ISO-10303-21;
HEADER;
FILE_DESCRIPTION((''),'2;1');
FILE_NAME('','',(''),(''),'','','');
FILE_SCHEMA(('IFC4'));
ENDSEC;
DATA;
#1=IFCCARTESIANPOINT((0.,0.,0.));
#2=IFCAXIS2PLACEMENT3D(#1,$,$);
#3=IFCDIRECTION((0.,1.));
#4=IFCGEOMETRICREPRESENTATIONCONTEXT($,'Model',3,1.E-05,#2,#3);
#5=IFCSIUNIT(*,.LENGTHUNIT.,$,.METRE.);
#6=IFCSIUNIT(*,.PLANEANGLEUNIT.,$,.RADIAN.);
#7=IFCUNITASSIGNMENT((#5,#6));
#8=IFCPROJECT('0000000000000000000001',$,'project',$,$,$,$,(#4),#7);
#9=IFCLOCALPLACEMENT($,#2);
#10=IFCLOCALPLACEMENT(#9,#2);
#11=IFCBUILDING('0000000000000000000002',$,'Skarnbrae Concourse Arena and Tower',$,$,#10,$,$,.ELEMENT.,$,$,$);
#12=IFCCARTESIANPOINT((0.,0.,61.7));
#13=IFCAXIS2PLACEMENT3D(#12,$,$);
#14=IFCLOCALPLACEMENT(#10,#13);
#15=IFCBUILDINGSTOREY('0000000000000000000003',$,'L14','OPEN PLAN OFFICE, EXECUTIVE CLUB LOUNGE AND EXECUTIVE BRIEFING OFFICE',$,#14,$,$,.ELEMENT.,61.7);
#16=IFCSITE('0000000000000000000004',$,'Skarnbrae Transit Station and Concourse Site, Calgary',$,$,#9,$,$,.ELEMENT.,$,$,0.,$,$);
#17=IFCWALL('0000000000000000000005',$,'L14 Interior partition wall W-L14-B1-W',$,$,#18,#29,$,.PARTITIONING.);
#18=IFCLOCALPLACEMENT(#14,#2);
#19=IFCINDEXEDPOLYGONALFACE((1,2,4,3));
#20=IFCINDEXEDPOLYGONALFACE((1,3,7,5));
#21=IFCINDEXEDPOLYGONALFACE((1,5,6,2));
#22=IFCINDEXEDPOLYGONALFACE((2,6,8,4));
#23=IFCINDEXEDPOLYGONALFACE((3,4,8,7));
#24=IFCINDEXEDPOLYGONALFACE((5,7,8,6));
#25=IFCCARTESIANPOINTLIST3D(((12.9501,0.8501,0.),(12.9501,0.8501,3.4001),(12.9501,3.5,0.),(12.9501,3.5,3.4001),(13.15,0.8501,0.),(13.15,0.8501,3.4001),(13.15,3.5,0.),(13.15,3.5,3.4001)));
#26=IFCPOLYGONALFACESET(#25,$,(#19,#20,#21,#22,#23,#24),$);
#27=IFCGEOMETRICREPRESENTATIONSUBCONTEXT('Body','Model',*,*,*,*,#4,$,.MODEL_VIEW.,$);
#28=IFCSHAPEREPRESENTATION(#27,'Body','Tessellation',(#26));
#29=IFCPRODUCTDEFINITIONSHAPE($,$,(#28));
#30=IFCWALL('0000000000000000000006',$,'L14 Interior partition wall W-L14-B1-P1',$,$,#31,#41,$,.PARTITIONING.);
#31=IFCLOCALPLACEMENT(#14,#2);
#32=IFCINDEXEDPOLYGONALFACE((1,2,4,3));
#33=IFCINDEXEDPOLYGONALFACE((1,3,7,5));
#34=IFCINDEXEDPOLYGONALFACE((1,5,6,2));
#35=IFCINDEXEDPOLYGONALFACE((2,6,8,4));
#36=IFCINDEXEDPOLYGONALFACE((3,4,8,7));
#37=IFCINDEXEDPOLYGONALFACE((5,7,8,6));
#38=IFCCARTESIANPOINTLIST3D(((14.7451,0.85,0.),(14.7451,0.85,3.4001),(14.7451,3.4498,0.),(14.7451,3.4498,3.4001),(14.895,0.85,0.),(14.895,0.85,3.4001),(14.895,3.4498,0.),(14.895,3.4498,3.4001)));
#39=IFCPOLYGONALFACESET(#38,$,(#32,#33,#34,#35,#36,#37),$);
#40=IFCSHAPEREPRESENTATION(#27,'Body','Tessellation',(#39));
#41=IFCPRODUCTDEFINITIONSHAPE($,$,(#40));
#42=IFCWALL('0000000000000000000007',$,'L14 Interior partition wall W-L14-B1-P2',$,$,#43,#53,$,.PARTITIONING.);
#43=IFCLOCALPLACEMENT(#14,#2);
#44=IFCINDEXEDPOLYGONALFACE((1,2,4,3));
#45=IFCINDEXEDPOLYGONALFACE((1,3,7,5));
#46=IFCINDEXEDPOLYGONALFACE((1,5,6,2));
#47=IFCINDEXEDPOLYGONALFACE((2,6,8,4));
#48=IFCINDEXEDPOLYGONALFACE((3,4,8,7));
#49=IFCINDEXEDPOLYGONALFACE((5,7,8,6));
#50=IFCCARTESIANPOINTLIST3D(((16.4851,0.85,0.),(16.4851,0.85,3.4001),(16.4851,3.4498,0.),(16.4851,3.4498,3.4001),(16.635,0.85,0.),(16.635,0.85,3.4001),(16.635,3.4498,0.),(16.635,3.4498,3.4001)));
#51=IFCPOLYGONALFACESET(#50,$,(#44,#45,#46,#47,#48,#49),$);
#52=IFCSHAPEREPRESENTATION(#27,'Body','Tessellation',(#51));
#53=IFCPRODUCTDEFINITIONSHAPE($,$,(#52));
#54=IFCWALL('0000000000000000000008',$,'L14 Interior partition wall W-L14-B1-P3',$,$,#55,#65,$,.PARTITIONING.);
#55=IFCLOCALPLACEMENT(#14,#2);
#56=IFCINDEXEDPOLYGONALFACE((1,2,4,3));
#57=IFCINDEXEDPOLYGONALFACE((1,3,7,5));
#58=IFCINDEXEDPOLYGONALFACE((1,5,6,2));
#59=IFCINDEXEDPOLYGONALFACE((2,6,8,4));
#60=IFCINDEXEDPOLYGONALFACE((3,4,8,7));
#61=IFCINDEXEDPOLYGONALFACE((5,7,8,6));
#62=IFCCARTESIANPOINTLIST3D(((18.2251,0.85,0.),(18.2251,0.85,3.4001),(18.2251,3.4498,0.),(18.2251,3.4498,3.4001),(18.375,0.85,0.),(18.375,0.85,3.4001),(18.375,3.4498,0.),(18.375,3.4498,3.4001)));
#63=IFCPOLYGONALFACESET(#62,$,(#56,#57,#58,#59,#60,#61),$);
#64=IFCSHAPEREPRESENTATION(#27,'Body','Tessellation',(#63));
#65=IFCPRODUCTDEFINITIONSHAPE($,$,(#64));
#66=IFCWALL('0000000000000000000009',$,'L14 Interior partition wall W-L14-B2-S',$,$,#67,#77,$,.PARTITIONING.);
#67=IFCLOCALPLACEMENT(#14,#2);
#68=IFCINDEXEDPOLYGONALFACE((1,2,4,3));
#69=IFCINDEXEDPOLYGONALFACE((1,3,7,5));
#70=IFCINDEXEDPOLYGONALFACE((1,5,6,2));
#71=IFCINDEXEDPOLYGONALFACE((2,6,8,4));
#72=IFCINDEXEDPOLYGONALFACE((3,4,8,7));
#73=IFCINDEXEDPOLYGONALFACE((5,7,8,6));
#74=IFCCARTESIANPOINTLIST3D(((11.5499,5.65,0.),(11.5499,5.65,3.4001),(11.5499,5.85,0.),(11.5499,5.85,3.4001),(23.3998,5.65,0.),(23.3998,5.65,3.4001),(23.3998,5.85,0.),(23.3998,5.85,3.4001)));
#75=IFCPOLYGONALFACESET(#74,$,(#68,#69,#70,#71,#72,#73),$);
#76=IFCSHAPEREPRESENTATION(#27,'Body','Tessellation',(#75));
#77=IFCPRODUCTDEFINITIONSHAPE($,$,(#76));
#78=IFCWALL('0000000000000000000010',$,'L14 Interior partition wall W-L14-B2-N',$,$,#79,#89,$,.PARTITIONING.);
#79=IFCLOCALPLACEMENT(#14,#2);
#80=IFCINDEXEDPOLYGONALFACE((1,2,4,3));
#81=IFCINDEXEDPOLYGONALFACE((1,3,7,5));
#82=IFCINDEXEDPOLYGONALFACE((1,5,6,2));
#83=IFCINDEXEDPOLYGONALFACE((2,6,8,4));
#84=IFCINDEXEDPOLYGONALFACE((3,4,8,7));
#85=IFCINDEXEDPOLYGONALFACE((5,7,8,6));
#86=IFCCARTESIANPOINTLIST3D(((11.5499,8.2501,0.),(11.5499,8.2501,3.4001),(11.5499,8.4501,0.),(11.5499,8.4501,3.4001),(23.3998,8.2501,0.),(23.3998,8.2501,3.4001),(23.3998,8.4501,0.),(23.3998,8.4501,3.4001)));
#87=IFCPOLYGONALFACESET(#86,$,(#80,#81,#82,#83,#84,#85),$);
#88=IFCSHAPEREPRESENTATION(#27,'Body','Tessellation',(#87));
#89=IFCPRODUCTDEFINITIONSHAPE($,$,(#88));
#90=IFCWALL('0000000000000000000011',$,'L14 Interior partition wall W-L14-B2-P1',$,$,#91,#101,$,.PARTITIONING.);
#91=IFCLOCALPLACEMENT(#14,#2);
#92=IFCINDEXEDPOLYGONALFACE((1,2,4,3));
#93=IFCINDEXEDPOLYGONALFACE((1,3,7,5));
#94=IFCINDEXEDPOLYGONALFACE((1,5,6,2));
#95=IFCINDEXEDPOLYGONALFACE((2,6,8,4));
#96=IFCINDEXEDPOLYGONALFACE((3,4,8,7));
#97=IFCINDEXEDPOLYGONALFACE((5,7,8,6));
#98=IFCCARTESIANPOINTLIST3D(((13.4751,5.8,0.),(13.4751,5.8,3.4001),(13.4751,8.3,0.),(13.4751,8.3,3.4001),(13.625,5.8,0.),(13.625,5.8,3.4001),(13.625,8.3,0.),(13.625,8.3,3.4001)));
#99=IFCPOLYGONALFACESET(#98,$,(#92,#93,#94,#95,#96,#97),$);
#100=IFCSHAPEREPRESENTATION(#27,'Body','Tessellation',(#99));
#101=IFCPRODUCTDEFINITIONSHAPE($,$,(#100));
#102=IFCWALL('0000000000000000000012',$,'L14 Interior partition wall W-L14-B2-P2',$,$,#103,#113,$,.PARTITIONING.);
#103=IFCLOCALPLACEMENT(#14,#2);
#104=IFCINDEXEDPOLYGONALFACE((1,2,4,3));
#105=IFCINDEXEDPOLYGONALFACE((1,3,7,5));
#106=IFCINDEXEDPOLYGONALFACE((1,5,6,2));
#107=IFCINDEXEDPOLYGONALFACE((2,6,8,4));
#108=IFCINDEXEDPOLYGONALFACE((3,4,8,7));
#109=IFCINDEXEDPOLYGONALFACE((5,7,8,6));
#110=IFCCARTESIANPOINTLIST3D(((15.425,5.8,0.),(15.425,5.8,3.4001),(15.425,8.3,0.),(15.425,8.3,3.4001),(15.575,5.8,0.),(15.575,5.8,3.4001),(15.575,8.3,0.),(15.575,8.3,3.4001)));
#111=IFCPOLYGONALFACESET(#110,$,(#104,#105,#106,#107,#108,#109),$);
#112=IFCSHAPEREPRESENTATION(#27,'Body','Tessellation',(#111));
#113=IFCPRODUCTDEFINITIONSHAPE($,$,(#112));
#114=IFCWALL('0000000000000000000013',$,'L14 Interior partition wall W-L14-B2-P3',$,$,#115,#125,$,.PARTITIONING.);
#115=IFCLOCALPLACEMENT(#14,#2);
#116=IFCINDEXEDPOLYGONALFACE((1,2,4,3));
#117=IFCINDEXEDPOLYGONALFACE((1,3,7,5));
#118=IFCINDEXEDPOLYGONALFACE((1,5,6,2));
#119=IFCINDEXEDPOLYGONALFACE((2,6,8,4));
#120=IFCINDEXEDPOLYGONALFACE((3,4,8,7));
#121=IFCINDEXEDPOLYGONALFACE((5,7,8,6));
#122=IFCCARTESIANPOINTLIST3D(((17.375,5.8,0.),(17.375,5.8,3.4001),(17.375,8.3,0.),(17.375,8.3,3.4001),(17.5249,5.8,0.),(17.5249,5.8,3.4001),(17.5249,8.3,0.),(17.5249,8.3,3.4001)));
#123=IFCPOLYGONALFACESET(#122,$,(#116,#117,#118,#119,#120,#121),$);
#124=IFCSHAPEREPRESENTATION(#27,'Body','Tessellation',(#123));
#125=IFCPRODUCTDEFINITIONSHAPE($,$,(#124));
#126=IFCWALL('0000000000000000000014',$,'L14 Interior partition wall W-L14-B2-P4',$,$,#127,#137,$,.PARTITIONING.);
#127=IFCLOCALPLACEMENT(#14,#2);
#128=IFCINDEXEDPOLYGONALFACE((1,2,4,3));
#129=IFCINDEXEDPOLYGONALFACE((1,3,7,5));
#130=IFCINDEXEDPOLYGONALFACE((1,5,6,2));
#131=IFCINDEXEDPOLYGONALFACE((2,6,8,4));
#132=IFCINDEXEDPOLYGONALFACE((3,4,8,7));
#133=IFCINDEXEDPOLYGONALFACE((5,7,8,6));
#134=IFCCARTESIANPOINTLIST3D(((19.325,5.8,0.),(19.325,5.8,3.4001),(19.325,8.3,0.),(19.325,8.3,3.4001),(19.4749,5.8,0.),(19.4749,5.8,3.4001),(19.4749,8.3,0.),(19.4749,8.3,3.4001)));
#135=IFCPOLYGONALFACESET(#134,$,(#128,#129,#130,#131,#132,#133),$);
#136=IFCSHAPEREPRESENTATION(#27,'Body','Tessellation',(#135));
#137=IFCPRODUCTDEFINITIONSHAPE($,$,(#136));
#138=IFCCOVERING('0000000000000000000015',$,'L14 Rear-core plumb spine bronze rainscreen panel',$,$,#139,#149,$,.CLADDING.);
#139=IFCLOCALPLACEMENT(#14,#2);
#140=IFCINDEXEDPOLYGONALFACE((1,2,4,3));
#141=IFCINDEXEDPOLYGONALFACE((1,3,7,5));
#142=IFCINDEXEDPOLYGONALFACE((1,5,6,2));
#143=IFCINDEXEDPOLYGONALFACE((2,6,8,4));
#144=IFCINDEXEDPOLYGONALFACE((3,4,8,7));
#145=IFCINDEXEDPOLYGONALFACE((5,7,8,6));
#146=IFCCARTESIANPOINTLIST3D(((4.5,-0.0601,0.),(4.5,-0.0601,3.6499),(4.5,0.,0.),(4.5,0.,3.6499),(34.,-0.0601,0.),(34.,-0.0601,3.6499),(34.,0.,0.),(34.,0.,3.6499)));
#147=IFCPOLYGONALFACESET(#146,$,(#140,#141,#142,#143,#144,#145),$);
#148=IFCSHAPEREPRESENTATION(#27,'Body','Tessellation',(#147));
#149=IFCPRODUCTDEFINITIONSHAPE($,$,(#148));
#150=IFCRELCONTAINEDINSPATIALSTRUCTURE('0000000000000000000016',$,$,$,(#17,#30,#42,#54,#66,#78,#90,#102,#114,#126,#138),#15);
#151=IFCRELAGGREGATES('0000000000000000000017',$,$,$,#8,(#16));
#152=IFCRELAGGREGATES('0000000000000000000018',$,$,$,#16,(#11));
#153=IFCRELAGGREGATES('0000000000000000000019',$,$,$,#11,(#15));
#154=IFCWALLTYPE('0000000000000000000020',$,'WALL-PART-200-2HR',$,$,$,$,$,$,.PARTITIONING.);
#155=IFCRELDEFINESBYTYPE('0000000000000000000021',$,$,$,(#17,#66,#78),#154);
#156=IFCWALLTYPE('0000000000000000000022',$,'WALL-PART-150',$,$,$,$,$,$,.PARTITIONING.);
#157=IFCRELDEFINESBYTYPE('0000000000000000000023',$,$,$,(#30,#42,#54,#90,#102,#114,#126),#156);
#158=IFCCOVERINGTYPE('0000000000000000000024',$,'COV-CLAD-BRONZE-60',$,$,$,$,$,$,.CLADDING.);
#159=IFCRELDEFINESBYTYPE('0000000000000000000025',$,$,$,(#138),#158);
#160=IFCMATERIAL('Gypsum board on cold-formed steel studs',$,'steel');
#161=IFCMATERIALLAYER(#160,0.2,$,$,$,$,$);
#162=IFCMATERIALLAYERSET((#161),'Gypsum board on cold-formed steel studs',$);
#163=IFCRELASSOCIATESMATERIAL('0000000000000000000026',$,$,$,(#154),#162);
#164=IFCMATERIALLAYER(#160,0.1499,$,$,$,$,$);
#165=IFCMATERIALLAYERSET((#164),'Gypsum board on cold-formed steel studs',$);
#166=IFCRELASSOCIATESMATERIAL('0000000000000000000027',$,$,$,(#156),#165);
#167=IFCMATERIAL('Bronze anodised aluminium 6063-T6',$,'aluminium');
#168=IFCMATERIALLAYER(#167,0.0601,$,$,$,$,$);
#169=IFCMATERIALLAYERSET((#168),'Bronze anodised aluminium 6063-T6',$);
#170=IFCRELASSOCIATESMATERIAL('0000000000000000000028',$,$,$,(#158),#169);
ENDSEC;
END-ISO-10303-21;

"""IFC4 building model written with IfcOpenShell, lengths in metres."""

from ifc_helpers import new_model, si_unit, direction, frame, frame_2d, origin, origin_2d, place, context, subcontext, project, spatial, rectangle, extrude, source, transform, mapped, material, layer, layer_set, type_object, element, save


model = new_model("IFC4")

# Units and contexts
model_context = context("Model", 3, precision=1e-05, world=origin(), true_north=direction((0.0, 1.0)))
body_context = subcontext(model_context, "Body", "Model", "MODEL_VIEW")
ifc_project = project(units=[si_unit("LENGTHUNIT", "METRE"), si_unit("PLANEANGLEUNIT", "RADIAN")], contexts=[model_context])

# Site, building, storey
site_placement = place(None, origin())
site = spatial("IfcSite", under=ifc_project, at=site_placement, Name="Skarnbrae Transit Station and Concourse Site, Calgary", CompositionType="ELEMENT", RefElevation=0.0)
building_placement = place(site_placement, origin())
building = spatial("IfcBuilding", under=site, at=building_placement, Name="Skarnbrae Concourse Arena and Tower", CompositionType="ELEMENT")
storey_placement = place(building_placement, frame((0.0, 0.0, 61.7)))
storey = spatial("IfcBuildingStorey", under=building, at=storey_placement, Name="L14", Description="OPEN PLAN OFFICE, EXECUTIVE CLUB LOUNGE AND EXECUTIVE BRIEFING OFFICE", CompositionType="ELEMENT", Elevation=61.7)

# Shared definitions
ifc_material_1 = material(Name="Gypsum board on cold-formed steel studs", Category="steel")
ifc_layer_1 = layer(ifc_material_1, 0.2)
ifc_layer_set_1 = layer_set([ifc_layer_1], Name="Gypsum board on cold-formed steel studs")
wall_type_1 = type_object("IfcWallType", Name="WALL-PART-200-2HR", PredefinedType="PARTITIONING", material=ifc_layer_set_1)

# Wall
shared_shape_1 = source(origin(), body_context, "Body", "SweptSolid", [
    extrude(rectangle(XDim=2.6499, YDim=0.2, at=frame_2d((1.325, 0.0))), origin(), (0.0, 0.0, 1.0), 3.4001),
])
wall_1_placement = place(storey_placement, frame((13.05, 0.8501, 0.0), z_axis=(0.0, 0.0, 1.0), x_axis=(0.0, 1.0, 0.0)))
element("IfcWall", 1, at=wall_1_placement, inside=storey, type_object=wall_type_1, Name="L14 Interior partition wall W-L14-B1-W", PredefinedType="PARTITIONING", context=body_context, shape_type="MappedRepresentation", body=[
    mapped(shared_shape_1, transform((0.0, 0.0, 0.0))),
])

# Shared definitions
ifc_material_2 = material(Name="Bronze anodised aluminium 6063-T6", Category="aluminium")

# Walls
ifc_layer_2 = layer(ifc_material_1, 0.1499)
ifc_layer_set_2 = layer_set([ifc_layer_2], Name="Gypsum board on cold-formed steel studs")
wall_type_2 = type_object("IfcWallType", Name="WALL-PART-150", PredefinedType="PARTITIONING", material=ifc_layer_set_2)
shared_shape_2 = source(origin(), body_context, "Body", "SweptSolid", [
    extrude(rectangle(XDim=2.5999, YDim=0.1499, at=frame_2d((1.2998, 0.0))), origin(), (0.0, 0.0, 1.0), 3.4001),
])
for number, where, z_axis, x_axis, name in (
    (2, (14.8201, 0.8501, 0.0), (0.0, 0.0, 1.0), (0.0, 1.0, 0.0), "L14 Interior partition wall W-L14-B1-P1"),
    (3, (16.5601, 0.8501, 0.0), (0.0, 0.0, 1.0), (0.0, 1.0, 0.0), "L14 Interior partition wall W-L14-B1-P2"),
    (4, (18.3, 0.8501, 0.0), (0.0, 0.0, 1.0), (0.0, 1.0, 0.0), "L14 Interior partition wall W-L14-B1-P3"),
):
    element("IfcWall", number, at=place(storey_placement, frame(where, z_axis=z_axis, x_axis=x_axis)), inside=storey, type_object=wall_type_2, Name=name, PredefinedType="PARTITIONING", context=body_context, shape_type="MappedRepresentation", body=[
        mapped(shared_shape_2, transform((0.0, 0.0, 0.0))),
    ])
shared_shape_3 = source(origin(), body_context, "Body", "SweptSolid", [
    extrude(rectangle(XDim=11.8499, YDim=0.2, at=frame_2d((5.9248, 0.0))), origin(), (0.0, 0.0, 1.0), 3.4001),
])
for number, where, z_axis, x_axis, name in (
    (5, (11.55, 5.75, 0.0), (0.0, 0.0, 1.0), (1.0, 0.0, 0.0), "L14 Interior partition wall W-L14-B2-S"),
    (6, (11.55, 8.3501, 0.0), (0.0, 0.0, 1.0), (1.0, 0.0, 0.0), "L14 Interior partition wall W-L14-B2-N"),
):
    element("IfcWall", number, at=place(storey_placement, frame(where, z_axis=z_axis, x_axis=x_axis)), inside=storey, type_object=wall_type_1, Name=name, PredefinedType="PARTITIONING", context=body_context, shape_type="MappedRepresentation", body=[
        mapped(shared_shape_3, transform((0.0, 0.0, 0.0))),
    ])
shared_shape_4 = source(origin(), body_context, "Body", "SweptSolid", [
    extrude(rectangle(XDim=2.5, YDim=0.1499, at=frame_2d((1.25, 0.0))), origin(), (0.0, 0.0, 1.0), 3.4001),
])
for number, where, z_axis, x_axis, name in (
    (7, (13.55, 5.8, 0.0), (0.0, 0.0, 1.0), (0.0, 1.0, 0.0), "L14 Interior partition wall W-L14-B2-P1"),
    (8, (15.5, 5.8, 0.0), (0.0, 0.0, 1.0), (0.0, 1.0, 0.0), "L14 Interior partition wall W-L14-B2-P2"),
    (9, (17.45, 5.8, 0.0), (0.0, 0.0, 1.0), (0.0, 1.0, 0.0), "L14 Interior partition wall W-L14-B2-P3"),
    (10, (19.3999, 5.8, 0.0), (0.0, 0.0, 1.0), (0.0, 1.0, 0.0), "L14 Interior partition wall W-L14-B2-P4"),
):
    element("IfcWall", number, at=place(storey_placement, frame(where, z_axis=z_axis, x_axis=x_axis)), inside=storey, type_object=wall_type_2, Name=name, PredefinedType="PARTITIONING", context=body_context, shape_type="MappedRepresentation", body=[
        mapped(shared_shape_4, transform((0.0, 0.0, 0.0))),
    ])

# Covering
ifc_layer_3 = layer(ifc_material_2, 0.0601)
ifc_layer_set_3 = layer_set([ifc_layer_3], Name="Bronze anodised aluminium 6063-T6")
covering_type = type_object("IfcCoveringType", Name="COV-CLAD-BRONZE-60", PredefinedType="CLADDING", material=ifc_layer_set_3)
shared_shape_5 = source(origin(), body_context, "Body", "SweptSolid", [
    extrude(rectangle(XDim=29.5, YDim=0.0601, at=origin_2d()), origin(), (0.0, 0.0, 1.0), 3.6499),
])
covering_placement = place(storey_placement, frame((19.25, -0.03, 0.0), z_axis=(0.0, 0.0, 1.0), x_axis=(1.0, 0.0, 0.0)))
element("IfcCovering", 11, at=covering_placement, inside=storey, type_object=covering_type, Name="L14 Rear-core plumb spine bronze rainscreen panel", PredefinedType="CLADDING", context=body_context, shape_type="MappedRepresentation", body=[
    mapped(shared_shape_5, transform((0.0, 0.0, 0.0))),
])

save(model, "model.ifc")
